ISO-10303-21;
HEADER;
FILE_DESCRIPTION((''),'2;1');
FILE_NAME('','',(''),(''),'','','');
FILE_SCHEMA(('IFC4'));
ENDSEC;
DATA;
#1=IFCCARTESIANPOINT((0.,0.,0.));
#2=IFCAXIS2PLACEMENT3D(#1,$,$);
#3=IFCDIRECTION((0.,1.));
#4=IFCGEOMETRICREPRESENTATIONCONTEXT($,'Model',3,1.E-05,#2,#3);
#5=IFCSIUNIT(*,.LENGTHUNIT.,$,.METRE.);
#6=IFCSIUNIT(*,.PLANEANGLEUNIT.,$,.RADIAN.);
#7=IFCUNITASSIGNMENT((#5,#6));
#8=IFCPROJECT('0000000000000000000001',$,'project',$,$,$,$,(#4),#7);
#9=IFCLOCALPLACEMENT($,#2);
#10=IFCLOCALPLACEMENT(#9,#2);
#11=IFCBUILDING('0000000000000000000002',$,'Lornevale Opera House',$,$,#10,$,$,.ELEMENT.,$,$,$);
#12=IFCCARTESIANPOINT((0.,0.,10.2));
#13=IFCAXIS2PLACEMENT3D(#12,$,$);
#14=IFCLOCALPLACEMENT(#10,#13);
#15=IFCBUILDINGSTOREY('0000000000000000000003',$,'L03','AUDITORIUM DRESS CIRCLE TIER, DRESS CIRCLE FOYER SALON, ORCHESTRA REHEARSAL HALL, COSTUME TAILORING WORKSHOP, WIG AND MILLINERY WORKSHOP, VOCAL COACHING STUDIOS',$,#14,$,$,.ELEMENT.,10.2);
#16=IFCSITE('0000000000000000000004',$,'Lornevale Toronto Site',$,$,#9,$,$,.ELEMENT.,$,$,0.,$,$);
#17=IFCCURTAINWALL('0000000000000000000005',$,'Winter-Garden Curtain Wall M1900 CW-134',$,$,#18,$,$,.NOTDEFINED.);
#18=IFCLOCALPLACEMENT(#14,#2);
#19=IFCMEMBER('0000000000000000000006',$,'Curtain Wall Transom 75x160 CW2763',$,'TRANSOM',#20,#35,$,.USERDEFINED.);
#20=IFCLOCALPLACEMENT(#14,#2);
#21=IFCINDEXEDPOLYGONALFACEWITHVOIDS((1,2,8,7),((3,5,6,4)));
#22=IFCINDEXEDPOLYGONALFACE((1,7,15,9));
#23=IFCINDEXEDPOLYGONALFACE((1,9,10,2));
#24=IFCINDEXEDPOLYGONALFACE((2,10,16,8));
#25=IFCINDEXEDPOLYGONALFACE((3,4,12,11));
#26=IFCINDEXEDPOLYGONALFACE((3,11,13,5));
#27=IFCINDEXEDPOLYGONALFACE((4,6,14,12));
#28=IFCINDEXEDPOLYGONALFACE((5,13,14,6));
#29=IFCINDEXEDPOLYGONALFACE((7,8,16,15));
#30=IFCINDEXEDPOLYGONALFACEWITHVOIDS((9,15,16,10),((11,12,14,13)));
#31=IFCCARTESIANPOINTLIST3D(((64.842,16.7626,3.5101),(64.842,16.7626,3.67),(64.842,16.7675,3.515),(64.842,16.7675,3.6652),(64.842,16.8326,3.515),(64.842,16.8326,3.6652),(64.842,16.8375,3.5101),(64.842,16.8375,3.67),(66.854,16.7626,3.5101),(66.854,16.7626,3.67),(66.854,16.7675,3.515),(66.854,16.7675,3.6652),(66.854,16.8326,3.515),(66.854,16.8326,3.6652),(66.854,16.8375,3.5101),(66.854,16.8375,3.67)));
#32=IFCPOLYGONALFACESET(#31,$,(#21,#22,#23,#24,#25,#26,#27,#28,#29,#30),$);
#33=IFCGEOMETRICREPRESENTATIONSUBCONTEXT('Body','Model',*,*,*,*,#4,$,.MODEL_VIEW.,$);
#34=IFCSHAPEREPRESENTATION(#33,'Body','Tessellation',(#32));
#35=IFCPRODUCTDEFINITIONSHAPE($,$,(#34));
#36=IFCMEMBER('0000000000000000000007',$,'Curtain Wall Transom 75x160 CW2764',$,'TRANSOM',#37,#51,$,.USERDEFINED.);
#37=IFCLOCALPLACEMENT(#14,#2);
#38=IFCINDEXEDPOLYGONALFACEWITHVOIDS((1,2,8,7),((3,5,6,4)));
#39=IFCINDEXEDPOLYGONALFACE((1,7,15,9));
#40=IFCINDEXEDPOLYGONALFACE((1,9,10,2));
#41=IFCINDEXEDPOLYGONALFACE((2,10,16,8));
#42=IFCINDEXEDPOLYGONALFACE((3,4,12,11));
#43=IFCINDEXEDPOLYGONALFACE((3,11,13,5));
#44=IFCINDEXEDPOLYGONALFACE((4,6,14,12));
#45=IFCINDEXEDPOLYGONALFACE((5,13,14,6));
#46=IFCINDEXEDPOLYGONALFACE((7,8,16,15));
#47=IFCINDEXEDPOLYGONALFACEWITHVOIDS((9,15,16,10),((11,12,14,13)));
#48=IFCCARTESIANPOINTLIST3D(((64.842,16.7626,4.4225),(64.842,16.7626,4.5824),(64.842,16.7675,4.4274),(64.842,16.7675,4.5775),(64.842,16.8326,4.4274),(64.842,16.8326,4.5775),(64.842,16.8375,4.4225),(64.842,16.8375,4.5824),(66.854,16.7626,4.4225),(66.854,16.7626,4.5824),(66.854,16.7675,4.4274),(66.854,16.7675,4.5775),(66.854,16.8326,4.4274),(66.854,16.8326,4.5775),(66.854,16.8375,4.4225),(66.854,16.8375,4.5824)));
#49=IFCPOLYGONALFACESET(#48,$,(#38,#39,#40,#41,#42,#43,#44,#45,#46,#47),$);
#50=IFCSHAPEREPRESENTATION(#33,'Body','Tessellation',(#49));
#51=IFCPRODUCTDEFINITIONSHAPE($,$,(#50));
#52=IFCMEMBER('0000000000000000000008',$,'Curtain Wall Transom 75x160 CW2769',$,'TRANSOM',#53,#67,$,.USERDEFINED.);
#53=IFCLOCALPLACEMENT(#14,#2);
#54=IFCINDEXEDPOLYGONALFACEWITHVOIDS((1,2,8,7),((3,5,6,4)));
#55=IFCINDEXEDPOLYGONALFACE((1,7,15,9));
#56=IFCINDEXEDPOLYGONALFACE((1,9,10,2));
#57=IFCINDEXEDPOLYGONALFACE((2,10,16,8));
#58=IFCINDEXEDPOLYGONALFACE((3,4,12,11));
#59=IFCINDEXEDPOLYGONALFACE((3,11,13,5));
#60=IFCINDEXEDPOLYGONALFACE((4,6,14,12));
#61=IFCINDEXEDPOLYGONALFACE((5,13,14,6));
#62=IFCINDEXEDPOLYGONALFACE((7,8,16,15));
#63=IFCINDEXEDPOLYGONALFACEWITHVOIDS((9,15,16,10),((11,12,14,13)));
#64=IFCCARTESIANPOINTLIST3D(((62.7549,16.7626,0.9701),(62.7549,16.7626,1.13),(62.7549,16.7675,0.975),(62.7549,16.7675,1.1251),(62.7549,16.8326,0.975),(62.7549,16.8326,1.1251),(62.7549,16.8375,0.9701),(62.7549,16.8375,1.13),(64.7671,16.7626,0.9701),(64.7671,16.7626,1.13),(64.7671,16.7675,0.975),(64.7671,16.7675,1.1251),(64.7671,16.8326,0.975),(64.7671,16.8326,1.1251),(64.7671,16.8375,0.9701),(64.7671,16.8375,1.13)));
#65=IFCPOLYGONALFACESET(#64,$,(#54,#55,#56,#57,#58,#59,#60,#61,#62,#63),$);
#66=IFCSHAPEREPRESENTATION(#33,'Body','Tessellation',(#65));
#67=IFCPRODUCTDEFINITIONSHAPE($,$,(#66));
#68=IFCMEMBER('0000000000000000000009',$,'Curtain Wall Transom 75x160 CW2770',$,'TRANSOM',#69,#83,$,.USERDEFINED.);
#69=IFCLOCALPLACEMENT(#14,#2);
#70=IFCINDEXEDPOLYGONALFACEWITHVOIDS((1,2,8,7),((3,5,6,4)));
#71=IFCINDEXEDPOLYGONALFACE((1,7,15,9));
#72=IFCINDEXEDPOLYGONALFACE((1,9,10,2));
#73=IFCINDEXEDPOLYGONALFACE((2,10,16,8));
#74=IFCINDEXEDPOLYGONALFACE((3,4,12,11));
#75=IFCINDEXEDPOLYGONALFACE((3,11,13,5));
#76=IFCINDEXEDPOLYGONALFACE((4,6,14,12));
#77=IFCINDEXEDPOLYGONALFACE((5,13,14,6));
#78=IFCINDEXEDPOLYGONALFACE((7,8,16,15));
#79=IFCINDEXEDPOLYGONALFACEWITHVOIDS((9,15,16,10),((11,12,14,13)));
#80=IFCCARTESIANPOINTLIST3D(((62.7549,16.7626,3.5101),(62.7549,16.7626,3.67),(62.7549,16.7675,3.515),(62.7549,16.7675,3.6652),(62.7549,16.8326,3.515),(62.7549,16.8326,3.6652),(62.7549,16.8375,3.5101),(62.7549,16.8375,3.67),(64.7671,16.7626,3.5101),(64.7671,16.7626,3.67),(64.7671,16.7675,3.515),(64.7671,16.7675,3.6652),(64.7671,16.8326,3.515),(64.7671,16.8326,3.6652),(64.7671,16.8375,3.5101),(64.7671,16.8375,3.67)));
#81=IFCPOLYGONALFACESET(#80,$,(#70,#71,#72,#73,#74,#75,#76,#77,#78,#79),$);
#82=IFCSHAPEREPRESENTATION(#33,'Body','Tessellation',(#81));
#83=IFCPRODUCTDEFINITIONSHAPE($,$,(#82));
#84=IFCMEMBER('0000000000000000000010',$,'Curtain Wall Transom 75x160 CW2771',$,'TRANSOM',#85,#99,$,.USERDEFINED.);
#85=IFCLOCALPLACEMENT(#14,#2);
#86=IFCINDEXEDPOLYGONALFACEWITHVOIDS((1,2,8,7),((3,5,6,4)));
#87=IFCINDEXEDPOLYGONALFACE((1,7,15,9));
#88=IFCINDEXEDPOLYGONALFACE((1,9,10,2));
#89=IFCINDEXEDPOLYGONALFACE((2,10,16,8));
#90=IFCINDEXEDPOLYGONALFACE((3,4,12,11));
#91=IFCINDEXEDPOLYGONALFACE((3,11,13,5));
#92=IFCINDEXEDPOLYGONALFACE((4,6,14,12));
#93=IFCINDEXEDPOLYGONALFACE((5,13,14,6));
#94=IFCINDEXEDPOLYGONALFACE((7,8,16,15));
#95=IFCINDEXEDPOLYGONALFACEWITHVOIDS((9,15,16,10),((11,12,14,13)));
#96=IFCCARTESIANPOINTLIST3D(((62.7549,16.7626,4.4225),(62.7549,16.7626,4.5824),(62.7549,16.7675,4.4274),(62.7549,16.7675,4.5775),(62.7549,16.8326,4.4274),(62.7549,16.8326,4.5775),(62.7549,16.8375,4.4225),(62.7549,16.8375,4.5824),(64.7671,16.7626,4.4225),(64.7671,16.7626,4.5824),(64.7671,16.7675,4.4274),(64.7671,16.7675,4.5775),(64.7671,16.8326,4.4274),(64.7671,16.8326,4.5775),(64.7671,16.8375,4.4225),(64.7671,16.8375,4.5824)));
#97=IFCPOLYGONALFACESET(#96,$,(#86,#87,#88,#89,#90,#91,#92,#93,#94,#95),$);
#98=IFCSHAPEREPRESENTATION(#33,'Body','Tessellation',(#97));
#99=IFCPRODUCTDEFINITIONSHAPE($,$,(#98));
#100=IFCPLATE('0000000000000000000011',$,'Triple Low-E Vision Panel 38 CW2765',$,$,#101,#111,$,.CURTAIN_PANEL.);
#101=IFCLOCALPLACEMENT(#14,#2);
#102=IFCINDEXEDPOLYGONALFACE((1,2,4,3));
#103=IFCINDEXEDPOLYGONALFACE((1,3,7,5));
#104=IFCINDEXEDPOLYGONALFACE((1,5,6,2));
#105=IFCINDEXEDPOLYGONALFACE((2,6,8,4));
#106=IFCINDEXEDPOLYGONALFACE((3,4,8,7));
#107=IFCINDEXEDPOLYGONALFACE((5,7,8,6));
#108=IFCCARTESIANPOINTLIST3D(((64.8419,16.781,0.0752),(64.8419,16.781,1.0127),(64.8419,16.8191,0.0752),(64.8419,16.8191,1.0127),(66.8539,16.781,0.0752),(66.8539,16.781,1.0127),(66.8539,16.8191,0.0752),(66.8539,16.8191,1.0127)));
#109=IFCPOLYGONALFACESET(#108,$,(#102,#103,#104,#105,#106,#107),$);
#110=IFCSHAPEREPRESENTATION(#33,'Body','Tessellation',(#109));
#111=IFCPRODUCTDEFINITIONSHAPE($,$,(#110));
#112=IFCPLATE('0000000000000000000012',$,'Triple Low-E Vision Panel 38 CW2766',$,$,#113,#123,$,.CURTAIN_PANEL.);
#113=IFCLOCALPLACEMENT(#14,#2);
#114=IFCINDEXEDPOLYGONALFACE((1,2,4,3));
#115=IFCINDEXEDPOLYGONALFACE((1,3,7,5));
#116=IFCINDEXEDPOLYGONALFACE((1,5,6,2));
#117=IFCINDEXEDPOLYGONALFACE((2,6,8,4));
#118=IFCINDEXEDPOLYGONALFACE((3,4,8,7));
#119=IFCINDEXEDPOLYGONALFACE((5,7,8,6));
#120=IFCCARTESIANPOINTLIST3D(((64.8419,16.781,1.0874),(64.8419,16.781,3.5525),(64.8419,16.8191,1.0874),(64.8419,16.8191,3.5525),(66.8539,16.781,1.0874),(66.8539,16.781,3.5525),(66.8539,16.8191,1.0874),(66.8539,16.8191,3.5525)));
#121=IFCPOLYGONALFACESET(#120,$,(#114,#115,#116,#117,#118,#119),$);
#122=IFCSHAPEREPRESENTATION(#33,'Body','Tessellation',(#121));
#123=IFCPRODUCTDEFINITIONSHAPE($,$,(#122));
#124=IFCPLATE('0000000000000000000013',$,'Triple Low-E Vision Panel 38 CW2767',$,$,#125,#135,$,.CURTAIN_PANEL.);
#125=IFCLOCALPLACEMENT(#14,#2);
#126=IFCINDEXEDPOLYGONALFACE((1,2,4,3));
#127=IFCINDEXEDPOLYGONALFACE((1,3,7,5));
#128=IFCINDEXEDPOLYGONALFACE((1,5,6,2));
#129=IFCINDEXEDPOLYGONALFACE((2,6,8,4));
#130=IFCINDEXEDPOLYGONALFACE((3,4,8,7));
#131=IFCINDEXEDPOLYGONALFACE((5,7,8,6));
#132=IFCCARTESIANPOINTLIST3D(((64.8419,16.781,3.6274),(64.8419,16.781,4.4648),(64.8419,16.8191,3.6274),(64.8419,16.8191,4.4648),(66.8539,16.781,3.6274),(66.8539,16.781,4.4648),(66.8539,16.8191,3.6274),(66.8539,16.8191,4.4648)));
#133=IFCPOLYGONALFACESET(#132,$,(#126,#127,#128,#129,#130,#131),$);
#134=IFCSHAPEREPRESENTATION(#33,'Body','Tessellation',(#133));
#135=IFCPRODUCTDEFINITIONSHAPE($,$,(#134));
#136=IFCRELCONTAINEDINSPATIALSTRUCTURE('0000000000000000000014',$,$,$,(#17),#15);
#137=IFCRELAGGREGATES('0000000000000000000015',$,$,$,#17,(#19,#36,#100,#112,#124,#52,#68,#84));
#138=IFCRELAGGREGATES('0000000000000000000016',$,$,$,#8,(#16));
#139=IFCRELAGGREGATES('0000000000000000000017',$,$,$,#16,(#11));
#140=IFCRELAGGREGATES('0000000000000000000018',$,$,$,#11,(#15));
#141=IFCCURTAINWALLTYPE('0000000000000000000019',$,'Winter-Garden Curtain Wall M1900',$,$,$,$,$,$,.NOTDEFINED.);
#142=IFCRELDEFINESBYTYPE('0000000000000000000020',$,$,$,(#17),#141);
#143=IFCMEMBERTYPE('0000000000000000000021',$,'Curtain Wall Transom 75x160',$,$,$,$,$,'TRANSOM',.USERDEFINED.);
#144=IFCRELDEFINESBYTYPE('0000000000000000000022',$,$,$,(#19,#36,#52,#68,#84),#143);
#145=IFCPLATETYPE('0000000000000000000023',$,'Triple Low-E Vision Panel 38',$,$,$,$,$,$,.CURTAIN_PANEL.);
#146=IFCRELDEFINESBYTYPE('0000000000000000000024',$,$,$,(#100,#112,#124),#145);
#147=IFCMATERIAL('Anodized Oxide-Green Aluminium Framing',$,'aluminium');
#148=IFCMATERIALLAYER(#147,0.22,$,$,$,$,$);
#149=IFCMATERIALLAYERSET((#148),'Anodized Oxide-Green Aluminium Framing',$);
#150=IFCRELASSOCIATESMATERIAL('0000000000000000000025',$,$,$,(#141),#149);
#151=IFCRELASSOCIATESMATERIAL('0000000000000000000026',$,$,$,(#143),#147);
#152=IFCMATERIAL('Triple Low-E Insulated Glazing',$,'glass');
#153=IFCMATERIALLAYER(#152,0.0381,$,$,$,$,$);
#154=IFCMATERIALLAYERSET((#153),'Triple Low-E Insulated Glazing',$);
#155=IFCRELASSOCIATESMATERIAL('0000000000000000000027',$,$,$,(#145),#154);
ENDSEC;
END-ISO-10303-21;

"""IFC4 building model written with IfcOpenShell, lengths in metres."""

from ifc_helpers import new_model, si_unit, direction, frame, origin, origin_2d, place, context, subcontext, project, spatial, rectangle, hollow_rectangle, extrude, material, layer, layer_set, material_profile, profile_set, type_object, element, aggregate, save


model = new_model("IFC4")

# Units and contexts
model_context = context("Model", 3, precision=1e-05, world=origin(), true_north=direction((0.0, 1.0)))
body_context = subcontext(model_context, "Body", "Model", "MODEL_VIEW")
ifc_project = project(units=[si_unit("LENGTHUNIT", "METRE"), si_unit("PLANEANGLEUNIT", "RADIAN")], contexts=[model_context])

# Site, building, storey
site_placement = place(None, origin())
site = spatial("IfcSite", under=ifc_project, at=site_placement, Name="Lornevale Toronto Site", CompositionType="ELEMENT", RefElevation=0.0)
building_placement = place(site_placement, origin())
building = spatial("IfcBuilding", under=site, at=building_placement, Name="Lornevale Opera House", CompositionType="ELEMENT")
storey_placement = place(building_placement, frame((0.0, 0.0, 10.2)))
storey = spatial("IfcBuildingStorey", under=building, at=storey_placement, Name="L03", Description="AUDITORIUM DRESS CIRCLE TIER, DRESS CIRCLE FOYER SALON, ORCHESTRA REHEARSAL HALL, COSTUME TAILORING WORKSHOP, WIG AND MILLINERY WORKSHOP, VOCAL COACHING STUDIOS", CompositionType="ELEMENT", Elevation=10.2)

# Shared definitions
ifc_material_1 = material(Name="Anodized Oxide-Green Aluminium Framing", Category="aluminium")

# Curtain wall
ifc_layer_1 = layer(ifc_material_1, 0.22)
ifc_layer_set_1 = layer_set([ifc_layer_1], Name="Anodized Oxide-Green Aluminium Framing")
curtain_wall_type_1 = type_object("IfcCurtainWallType", Name="Winter-Garden Curtain Wall M1900", PredefinedType="NOTDEFINED", material=ifc_layer_set_1)
curtain_wall_1_placement = place(storey_placement, origin())
curtain_wall_1 = element("IfcCurtainWall", 1, at=curtain_wall_1_placement, inside=storey, type_object=curtain_wall_type_1, Name="Winter-Garden Curtain Wall M1900 CW-134", PredefinedType="NOTDEFINED")

# Members
ifc_material_profile_1 = material_profile(ifc_material_1, hollow_rectangle(XDim=0.075, YDim=0.1599, WallThickness=0.0049, at=origin_2d()), Name="ALU75x160x5")
ifc_profile_set_1 = profile_set([ifc_material_profile_1], Name="Anodized Oxide-Green Aluminium Framing")
member_type_1 = type_object("IfcMemberType", Name="Curtain Wall Transom 75x160", ElementType="TRANSOM", PredefinedType="USERDEFINED", material=ifc_profile_set_1)
member_1_placement = place(storey_placement, frame((66.854, 16.8, 3.5901), z_axis=(-1.0, 0.0, 0.0), x_axis=(0.0, -1.0, 0.0)))
member_1 = element("IfcMember", 2, at=member_1_placement, type_object=member_type_1, Name="Curtain Wall Transom 75x160 CW2763", ObjectType="TRANSOM", PredefinedType="USERDEFINED", context=body_context, shape_type="SweptSolid", body=[
    extrude(hollow_rectangle(XDim=0.075, YDim=0.1599, WallThickness=0.0049, at=origin_2d()), origin(), (0.0, 0.0, 1.0), 2.012),
])
member_2_placement = place(storey_placement, frame((66.854, 16.8, 4.5024), z_axis=(-1.0, 0.0, 0.0), x_axis=(0.0, -1.0, 0.0)))
member_2 = element("IfcMember", 3, at=member_2_placement, type_object=member_type_1, Name="Curtain Wall Transom 75x160 CW2764", ObjectType="TRANSOM", PredefinedType="USERDEFINED", context=body_context, shape_type="SweptSolid", body=[
    extrude(hollow_rectangle(XDim=0.075, YDim=0.1599, WallThickness=0.0049, at=origin_2d()), origin(), (0.0, 0.0, 1.0), 2.012),
])
member_3_placement = place(storey_placement, frame((64.7671, 16.8, 1.05), z_axis=(-1.0, 0.0, 0.0), x_axis=(0.0, -1.0, 0.0)))
member_3 = element("IfcMember", 4, at=member_3_placement, type_object=member_type_1, Name="Curtain Wall Transom 75x160 CW2769", ObjectType="TRANSOM", PredefinedType="USERDEFINED", context=body_context, shape_type="SweptSolid", body=[
    extrude(hollow_rectangle(XDim=0.075, YDim=0.1599, WallThickness=0.0049, at=origin_2d()), origin(), (0.0, 0.0, 1.0), 2.0122),
])
member_4_placement = place(storey_placement, frame((64.7671, 16.8, 3.5901), z_axis=(-1.0, 0.0, 0.0), x_axis=(0.0, -1.0, 0.0)))
member_4 = element("IfcMember", 5, at=member_4_placement, type_object=member_type_1, Name="Curtain Wall Transom 75x160 CW2770", ObjectType="TRANSOM", PredefinedType="USERDEFINED", context=body_context, shape_type="SweptSolid", body=[
    extrude(hollow_rectangle(XDim=0.075, YDim=0.1599, WallThickness=0.0049, at=origin_2d()), origin(), (0.0, 0.0, 1.0), 2.0122),
])
member_5_placement = place(storey_placement, frame((64.7671, 16.8, 4.5024), z_axis=(-1.0, 0.0, 0.0), x_axis=(0.0, -1.0, 0.0)))
member_5 = element("IfcMember", 6, at=member_5_placement, type_object=member_type_1, Name="Curtain Wall Transom 75x160 CW2771", ObjectType="TRANSOM", PredefinedType="USERDEFINED", context=body_context, shape_type="SweptSolid", body=[
    extrude(hollow_rectangle(XDim=0.075, YDim=0.1599, WallThickness=0.0049, at=origin_2d()), origin(), (0.0, 0.0, 1.0), 2.0122),
])

# Plates
ifc_material_2 = material(Name="Triple Low-E Insulated Glazing", Category="glass")
ifc_layer_2 = layer(ifc_material_2, 0.0381)
ifc_layer_set_2 = layer_set([ifc_layer_2], Name="Triple Low-E Insulated Glazing")
plate_type = type_object("IfcPlateType", Name="Triple Low-E Vision Panel 38", PredefinedType="CURTAIN_PANEL", material=ifc_layer_set_2)
plate_1_placement = place(storey_placement, frame((65.8479, 16.8, 0.0752), z_axis=(0.0, 0.0, 1.0), x_axis=(-1.0, 0.0, 0.0)))
plate_1 = element("IfcPlate", 7, at=plate_1_placement, type_object=plate_type, Name="Triple Low-E Vision Panel 38 CW2765", PredefinedType="CURTAIN_PANEL", context=body_context, shape_type="SweptSolid", body=[
    extrude(rectangle(XDim=2.012, YDim=0.0381, at=origin_2d()), origin(), (0.0, 0.0, 1.0), 0.9375),
])
plate_2_placement = place(storey_placement, frame((65.8479, 16.8, 1.0874), z_axis=(0.0, 0.0, 1.0), x_axis=(-1.0, 0.0, 0.0)))
plate_2 = element("IfcPlate", 8, at=plate_2_placement, type_object=plate_type, Name="Triple Low-E Vision Panel 38 CW2766", PredefinedType="CURTAIN_PANEL", context=body_context, shape_type="SweptSolid", body=[
    extrude(rectangle(XDim=2.012, YDim=0.0381, at=origin_2d()), origin(), (0.0, 0.0, 1.0), 2.4651),
])
plate_3_placement = place(storey_placement, frame((65.8479, 16.8, 3.6274), z_axis=(0.0, 0.0, 1.0), x_axis=(-1.0, 0.0, 0.0)))
plate_3 = element("IfcPlate", 9, at=plate_3_placement, type_object=plate_type, Name="Triple Low-E Vision Panel 38 CW2767", PredefinedType="CURTAIN_PANEL", context=body_context, shape_type="SweptSolid", body=[
    extrude(rectangle(XDim=2.012, YDim=0.0381, at=origin_2d()), origin(), (0.0, 0.0, 1.0), 0.8374),
])
aggregate(curtain_wall_1, [member_1, member_2, plate_1, plate_2, plate_3, member_3, member_4, member_5])

save(model, "model.ifc")
